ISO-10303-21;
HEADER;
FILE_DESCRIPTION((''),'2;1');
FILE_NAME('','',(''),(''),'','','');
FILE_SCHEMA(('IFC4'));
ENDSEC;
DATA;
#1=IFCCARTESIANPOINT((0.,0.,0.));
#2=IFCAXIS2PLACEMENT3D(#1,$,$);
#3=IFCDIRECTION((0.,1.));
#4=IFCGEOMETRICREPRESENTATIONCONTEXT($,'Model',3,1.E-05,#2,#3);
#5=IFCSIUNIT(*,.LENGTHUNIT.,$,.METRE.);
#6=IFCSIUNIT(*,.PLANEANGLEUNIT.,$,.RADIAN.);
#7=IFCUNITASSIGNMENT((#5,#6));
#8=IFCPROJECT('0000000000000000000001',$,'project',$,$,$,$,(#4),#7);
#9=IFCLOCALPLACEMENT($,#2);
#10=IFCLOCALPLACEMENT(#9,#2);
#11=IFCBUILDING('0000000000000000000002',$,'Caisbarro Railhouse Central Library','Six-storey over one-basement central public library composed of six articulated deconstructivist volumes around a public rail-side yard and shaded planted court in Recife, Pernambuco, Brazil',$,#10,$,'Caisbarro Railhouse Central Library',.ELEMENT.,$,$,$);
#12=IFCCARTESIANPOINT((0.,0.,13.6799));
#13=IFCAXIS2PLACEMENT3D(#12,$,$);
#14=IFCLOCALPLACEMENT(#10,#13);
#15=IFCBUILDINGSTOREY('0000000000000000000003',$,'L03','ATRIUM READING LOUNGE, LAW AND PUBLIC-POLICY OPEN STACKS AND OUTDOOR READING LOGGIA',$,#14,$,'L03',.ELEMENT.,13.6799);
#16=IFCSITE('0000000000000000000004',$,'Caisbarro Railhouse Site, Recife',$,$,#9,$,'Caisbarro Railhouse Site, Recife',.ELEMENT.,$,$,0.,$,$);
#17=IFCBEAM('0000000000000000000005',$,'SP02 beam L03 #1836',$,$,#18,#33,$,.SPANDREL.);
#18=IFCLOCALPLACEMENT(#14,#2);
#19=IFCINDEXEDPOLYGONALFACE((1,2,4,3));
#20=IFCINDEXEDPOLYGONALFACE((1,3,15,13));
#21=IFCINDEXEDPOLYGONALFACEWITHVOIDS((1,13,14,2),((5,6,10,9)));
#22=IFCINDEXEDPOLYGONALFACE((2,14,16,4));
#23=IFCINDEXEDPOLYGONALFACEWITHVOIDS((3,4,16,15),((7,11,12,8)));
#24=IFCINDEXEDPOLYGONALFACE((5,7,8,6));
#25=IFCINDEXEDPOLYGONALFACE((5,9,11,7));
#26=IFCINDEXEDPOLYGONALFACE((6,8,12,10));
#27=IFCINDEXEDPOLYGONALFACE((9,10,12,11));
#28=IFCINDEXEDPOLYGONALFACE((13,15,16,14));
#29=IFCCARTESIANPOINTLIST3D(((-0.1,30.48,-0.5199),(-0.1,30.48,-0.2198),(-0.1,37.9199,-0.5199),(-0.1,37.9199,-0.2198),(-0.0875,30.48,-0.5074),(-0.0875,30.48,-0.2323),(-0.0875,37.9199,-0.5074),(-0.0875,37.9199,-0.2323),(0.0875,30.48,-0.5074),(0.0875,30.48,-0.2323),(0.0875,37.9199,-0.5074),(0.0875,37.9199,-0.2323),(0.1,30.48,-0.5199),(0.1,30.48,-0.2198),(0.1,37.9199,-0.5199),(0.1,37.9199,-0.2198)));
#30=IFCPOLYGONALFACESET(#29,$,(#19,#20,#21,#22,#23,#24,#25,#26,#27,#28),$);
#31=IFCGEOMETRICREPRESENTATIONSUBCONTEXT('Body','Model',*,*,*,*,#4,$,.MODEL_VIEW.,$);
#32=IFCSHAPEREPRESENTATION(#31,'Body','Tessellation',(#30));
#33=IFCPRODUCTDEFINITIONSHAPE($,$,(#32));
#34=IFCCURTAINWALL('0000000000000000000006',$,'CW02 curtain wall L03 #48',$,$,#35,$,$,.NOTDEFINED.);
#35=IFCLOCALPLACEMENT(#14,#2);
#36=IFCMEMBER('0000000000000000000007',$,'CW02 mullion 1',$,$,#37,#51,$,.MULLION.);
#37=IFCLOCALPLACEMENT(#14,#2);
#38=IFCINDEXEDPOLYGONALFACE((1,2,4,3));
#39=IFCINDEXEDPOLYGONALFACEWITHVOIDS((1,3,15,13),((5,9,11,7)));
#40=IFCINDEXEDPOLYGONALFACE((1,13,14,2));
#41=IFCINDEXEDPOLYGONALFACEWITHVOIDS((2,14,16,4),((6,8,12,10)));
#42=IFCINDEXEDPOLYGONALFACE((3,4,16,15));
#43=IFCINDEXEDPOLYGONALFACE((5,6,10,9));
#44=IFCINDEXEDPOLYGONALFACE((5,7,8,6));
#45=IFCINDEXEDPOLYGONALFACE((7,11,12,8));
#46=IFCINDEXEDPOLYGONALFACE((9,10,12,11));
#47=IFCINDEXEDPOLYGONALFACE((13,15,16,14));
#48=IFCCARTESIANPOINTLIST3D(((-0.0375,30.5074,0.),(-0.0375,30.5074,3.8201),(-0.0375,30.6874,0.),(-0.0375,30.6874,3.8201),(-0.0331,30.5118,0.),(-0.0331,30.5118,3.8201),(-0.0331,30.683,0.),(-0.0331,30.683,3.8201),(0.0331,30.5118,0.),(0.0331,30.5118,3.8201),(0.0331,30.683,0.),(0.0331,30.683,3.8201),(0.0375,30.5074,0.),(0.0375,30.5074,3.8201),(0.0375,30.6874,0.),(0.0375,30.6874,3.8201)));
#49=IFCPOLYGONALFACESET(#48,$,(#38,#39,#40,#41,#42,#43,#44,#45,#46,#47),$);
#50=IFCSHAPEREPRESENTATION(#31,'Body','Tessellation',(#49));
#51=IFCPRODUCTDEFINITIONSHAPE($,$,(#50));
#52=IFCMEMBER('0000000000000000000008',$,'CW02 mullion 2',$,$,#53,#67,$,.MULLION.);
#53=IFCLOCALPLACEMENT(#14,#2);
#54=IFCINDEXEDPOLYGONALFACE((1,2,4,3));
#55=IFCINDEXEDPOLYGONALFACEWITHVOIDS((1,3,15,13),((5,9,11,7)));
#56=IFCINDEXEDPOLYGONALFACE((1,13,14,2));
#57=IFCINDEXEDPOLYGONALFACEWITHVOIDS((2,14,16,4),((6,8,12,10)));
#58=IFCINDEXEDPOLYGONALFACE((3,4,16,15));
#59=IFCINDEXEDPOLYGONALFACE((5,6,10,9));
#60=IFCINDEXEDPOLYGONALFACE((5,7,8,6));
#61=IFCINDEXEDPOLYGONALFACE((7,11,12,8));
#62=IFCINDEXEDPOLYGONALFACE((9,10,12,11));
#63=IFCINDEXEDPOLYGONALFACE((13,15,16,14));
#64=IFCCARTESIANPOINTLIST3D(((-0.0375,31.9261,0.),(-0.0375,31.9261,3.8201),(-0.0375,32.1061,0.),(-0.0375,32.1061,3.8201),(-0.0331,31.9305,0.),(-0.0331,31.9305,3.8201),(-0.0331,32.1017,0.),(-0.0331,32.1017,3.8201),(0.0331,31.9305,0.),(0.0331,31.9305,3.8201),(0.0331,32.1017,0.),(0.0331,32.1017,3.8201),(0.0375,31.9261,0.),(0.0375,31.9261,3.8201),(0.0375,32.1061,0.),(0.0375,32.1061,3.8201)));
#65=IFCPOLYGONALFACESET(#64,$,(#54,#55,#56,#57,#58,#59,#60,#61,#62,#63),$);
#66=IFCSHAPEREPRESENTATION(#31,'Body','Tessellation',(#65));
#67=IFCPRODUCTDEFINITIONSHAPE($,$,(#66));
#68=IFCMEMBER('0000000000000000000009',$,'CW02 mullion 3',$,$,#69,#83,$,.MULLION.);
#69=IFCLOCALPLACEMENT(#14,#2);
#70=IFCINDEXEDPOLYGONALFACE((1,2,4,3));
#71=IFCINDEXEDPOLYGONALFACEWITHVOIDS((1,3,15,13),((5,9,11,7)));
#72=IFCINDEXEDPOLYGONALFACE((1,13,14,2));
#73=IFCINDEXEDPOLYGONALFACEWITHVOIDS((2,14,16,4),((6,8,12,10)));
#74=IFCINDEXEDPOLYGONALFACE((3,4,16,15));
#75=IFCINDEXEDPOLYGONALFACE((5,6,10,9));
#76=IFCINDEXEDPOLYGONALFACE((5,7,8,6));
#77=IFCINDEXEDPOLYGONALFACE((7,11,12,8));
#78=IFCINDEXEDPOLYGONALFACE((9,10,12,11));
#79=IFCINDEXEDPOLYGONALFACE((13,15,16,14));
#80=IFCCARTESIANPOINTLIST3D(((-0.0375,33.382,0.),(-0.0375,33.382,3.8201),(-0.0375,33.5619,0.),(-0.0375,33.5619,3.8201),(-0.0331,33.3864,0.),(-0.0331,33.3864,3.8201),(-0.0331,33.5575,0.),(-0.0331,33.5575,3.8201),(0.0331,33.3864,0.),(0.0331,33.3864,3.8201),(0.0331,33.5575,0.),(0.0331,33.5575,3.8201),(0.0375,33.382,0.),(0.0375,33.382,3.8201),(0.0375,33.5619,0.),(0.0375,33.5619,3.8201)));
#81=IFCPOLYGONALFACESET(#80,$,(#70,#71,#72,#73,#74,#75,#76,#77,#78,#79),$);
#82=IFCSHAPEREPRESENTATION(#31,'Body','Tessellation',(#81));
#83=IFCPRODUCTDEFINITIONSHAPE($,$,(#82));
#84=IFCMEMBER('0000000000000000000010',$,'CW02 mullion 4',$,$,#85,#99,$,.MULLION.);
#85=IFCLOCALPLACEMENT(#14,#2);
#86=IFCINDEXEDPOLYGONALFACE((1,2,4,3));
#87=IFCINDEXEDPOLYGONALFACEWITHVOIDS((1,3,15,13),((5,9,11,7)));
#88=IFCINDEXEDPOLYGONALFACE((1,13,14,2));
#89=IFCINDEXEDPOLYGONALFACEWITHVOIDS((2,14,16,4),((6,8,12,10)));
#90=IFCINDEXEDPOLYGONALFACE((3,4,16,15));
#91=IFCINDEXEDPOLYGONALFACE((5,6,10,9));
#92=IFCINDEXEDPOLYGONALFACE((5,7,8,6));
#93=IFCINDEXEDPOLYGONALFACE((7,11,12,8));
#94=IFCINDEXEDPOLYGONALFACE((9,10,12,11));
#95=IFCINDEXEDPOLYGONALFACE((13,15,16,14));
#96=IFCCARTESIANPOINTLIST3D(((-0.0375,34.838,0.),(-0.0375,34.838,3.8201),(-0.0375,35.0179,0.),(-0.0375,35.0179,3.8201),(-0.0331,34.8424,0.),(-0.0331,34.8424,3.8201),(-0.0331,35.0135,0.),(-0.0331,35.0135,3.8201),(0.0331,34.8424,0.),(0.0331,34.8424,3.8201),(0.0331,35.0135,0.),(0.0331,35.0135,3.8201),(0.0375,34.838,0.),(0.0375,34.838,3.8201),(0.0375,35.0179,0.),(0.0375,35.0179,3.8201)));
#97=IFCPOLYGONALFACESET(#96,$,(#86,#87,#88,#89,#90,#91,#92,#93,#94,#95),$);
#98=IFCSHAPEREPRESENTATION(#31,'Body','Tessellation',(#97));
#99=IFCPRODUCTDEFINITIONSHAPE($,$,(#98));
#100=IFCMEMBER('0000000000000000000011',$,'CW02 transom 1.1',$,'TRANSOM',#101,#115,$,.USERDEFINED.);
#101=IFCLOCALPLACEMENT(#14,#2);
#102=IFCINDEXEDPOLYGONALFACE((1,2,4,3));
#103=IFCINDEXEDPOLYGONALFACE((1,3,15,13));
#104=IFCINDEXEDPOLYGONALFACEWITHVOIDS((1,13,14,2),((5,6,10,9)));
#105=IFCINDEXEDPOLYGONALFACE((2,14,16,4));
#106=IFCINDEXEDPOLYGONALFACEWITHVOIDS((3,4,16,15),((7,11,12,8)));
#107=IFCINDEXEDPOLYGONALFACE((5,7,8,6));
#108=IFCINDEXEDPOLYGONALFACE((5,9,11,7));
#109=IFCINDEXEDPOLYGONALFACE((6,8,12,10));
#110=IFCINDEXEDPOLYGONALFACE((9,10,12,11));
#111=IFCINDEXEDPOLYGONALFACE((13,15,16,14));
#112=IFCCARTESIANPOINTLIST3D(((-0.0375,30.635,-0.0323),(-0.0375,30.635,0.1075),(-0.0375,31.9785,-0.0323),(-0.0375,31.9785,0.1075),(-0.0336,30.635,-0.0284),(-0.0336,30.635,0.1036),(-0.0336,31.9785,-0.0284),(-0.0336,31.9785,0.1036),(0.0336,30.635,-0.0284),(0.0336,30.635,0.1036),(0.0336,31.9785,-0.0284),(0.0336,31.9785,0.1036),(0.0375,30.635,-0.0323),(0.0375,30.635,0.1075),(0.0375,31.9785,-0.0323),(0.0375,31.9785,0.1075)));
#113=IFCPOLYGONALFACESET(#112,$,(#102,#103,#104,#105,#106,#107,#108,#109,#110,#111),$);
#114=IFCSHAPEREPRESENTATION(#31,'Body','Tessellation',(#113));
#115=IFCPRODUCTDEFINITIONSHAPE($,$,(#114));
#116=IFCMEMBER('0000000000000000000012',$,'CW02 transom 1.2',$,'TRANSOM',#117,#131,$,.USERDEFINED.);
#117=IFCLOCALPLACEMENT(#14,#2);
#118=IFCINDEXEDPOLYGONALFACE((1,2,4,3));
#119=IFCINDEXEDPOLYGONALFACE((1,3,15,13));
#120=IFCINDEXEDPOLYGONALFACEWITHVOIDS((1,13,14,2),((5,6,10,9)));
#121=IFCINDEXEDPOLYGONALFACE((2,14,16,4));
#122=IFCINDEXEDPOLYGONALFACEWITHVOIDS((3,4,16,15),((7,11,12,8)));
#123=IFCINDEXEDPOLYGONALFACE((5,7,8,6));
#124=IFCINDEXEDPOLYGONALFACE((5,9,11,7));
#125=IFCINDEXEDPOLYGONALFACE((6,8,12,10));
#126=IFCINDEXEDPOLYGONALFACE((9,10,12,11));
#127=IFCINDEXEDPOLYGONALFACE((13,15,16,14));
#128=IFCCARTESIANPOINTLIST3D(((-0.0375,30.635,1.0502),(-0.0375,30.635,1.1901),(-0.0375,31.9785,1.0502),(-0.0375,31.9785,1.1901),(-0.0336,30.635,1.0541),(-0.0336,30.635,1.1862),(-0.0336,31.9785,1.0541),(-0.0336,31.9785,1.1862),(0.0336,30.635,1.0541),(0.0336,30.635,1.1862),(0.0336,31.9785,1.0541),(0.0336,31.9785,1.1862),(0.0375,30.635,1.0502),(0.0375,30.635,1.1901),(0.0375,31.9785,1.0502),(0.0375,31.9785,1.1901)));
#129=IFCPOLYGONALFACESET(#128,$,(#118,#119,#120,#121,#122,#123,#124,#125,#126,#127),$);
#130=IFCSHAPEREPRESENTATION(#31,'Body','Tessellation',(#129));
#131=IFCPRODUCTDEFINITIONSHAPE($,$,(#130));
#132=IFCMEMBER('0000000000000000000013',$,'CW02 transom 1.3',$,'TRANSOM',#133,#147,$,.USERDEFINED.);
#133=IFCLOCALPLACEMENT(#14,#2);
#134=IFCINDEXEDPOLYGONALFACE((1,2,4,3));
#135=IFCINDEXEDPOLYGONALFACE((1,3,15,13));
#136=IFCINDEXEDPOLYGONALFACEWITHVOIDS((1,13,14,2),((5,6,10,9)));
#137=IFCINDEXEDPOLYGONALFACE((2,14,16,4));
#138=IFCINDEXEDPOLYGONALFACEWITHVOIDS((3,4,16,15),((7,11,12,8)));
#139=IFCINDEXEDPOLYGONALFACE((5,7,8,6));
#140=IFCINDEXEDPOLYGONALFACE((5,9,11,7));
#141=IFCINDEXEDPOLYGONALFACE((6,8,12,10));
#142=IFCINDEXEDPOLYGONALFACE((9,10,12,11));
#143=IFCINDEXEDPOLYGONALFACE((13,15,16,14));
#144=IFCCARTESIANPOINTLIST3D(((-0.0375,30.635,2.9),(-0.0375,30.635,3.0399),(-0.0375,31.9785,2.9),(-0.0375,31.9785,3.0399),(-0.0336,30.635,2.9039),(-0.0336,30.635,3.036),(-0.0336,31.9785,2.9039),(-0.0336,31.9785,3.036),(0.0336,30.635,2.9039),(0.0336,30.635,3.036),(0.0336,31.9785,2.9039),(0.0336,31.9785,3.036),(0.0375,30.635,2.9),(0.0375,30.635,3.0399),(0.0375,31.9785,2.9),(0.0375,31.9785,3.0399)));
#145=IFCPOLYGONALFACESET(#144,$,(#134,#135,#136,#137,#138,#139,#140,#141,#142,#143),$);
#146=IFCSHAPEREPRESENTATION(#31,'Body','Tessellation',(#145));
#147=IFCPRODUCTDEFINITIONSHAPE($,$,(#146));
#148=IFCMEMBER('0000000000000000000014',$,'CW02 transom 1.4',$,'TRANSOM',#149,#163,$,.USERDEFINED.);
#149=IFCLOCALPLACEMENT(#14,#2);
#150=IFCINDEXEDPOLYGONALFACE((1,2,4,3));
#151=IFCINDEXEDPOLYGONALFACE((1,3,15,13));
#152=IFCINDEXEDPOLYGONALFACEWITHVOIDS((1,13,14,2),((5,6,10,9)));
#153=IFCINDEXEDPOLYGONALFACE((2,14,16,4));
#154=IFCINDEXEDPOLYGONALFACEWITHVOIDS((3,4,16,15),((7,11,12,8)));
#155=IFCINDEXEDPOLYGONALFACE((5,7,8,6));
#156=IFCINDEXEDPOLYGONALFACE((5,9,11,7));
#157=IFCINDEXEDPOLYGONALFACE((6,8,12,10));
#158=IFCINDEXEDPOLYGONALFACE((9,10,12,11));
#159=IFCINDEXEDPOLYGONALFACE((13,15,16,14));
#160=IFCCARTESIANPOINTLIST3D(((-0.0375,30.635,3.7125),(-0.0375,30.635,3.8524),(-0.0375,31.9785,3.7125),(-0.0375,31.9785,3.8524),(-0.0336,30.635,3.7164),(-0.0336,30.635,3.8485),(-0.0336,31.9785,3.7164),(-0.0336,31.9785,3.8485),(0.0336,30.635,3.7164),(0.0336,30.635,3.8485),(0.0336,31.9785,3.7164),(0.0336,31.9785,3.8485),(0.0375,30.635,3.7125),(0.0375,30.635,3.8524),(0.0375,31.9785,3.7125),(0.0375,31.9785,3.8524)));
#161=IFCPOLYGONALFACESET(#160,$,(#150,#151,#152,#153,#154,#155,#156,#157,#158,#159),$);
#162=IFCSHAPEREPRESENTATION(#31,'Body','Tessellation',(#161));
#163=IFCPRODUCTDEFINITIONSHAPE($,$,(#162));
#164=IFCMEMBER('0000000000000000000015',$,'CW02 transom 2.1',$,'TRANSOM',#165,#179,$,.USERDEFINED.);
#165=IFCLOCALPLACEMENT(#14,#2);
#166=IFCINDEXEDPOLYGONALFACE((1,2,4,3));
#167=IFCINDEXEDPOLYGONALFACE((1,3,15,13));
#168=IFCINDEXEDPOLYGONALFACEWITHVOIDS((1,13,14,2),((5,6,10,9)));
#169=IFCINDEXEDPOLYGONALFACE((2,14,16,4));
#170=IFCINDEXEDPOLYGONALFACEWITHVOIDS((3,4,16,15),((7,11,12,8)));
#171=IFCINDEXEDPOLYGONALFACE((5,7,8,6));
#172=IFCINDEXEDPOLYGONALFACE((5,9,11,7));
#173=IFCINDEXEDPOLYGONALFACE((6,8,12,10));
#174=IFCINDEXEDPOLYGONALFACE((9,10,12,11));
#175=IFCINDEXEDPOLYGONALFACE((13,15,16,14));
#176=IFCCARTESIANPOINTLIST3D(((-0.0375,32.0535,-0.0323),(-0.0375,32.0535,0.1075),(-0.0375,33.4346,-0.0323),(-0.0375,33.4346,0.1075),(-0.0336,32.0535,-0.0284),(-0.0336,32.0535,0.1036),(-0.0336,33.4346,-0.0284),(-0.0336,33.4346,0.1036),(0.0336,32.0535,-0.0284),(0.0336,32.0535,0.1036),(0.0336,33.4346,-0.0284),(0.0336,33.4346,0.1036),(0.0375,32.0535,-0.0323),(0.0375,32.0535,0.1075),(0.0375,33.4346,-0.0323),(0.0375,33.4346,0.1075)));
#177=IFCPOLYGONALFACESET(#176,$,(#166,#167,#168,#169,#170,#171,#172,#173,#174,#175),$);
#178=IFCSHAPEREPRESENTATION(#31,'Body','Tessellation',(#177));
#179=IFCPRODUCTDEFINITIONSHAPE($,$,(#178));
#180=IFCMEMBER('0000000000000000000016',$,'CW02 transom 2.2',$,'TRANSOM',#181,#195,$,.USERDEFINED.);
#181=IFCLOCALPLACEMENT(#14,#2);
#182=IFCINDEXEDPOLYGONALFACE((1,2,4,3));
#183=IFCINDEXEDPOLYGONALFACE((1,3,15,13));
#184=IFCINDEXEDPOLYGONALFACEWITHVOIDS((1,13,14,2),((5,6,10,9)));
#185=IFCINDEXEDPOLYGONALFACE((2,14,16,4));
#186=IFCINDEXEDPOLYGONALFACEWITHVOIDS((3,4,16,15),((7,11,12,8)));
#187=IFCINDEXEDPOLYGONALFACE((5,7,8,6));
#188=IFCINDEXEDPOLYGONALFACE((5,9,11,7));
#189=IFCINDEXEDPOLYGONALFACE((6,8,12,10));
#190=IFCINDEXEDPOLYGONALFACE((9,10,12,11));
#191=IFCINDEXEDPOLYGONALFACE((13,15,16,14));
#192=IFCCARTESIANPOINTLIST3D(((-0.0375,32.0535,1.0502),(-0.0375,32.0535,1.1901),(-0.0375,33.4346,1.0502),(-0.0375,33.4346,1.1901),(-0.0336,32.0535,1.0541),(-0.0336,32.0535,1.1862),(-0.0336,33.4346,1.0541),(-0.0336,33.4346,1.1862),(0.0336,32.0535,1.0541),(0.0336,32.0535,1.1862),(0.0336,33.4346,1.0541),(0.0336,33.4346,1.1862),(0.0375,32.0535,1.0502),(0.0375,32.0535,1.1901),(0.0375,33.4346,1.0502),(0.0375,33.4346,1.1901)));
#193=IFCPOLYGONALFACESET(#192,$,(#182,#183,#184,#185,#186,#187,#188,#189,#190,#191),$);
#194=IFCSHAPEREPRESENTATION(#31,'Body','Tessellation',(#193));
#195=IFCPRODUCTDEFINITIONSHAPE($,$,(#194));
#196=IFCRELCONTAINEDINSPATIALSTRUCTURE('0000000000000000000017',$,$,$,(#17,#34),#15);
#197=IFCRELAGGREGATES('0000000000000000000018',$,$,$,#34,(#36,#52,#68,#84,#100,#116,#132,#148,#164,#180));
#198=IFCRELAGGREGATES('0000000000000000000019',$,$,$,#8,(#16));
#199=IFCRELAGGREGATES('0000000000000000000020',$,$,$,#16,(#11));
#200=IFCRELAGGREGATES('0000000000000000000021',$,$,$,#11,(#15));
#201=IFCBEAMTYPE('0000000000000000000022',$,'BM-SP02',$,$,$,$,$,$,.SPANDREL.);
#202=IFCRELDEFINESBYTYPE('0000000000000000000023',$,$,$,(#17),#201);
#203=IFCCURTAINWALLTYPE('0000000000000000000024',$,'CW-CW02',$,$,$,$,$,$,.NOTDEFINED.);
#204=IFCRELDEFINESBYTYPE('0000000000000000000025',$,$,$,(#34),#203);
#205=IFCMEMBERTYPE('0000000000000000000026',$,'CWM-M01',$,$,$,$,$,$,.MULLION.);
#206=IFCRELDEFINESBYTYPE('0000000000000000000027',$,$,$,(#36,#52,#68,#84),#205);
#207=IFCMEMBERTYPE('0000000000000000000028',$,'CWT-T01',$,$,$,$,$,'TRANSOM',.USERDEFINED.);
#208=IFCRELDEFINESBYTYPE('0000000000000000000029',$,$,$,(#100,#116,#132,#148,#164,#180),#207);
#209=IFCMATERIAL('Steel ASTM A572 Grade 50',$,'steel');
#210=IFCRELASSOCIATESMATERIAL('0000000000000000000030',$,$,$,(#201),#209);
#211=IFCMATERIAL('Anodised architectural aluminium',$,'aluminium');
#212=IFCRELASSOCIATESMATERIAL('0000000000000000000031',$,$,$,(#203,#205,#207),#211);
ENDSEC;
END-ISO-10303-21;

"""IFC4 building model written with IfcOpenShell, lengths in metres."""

from ifc_helpers import new_model, si_unit, direction, frame, origin, origin_2d, place, context, subcontext, project, spatial, hollow_rectangle, extrude, material, material_profile, profile_set, type_object, element, aggregate, save


model = new_model("IFC4")

# Units and contexts
model_context = context("Model", 3, precision=1e-05, world=origin(), true_north=direction((0.0, 1.0)))
body_context = subcontext(model_context, "Body", "Model", "MODEL_VIEW")
ifc_project = project(units=[si_unit("LENGTHUNIT", "METRE"), si_unit("PLANEANGLEUNIT", "RADIAN")], contexts=[model_context])

# Site, building, storey
site_placement = place(None, origin())
site = spatial("IfcSite", under=ifc_project, at=site_placement, Name="Caisbarro Railhouse Site, Recife", LongName="Caisbarro Railhouse Site, Recife", CompositionType="ELEMENT", RefElevation=0.0)
building_placement = place(site_placement, origin())
building = spatial("IfcBuilding", under=site, at=building_placement, Name="Caisbarro Railhouse Central Library", Description="Six-storey over one-basement central public library composed of six articulated deconstructivist volumes around a public rail-side yard and shaded planted court in Recife, Pernambuco, Brazil", LongName="Caisbarro Railhouse Central Library", CompositionType="ELEMENT")
storey_placement = place(building_placement, frame((0.0, 0.0, 13.6799)))
storey = spatial("IfcBuildingStorey", under=building, at=storey_placement, Name="L03", Description="ATRIUM READING LOUNGE, LAW AND PUBLIC-POLICY OPEN STACKS AND OUTDOOR READING LOGGIA", LongName="L03", CompositionType="ELEMENT", Elevation=13.6799)

# Beam
ifc_material_1 = material(Name="Steel ASTM A572 Grade 50", Category="steel")
ifc_material_profile_1 = material_profile(ifc_material_1, hollow_rectangle(XDim=0.2, YDim=0.3, WallThickness=0.0125, at=origin_2d()), Name="HSS300X200X12.5")
ifc_profile_set_1 = profile_set([ifc_material_profile_1], Name="Steel ASTM A572 Grade 50")
beam_type = type_object("IfcBeamType", Name="BM-SP02", PredefinedType="SPANDREL", material=ifc_profile_set_1)
beam_placement = place(storey_placement, frame((0.0, 30.48, -0.3699), z_axis=(0.0, 1.0, 0.0), x_axis=(-1.0, 0.0, 0.0)))
element("IfcBeam", 1, at=beam_placement, inside=storey, type_object=beam_type, Name="SP02 beam L03 #1836", PredefinedType="SPANDREL", context=body_context, shape_type="SweptSolid", body=[
    extrude(hollow_rectangle(XDim=0.2, YDim=0.3, WallThickness=0.0125, at=origin_2d()), origin(), (0.0, 0.0, 1.0), 7.4399),
])

# Curtain wall, members
ifc_material_2 = material(Name="Anodised architectural aluminium", Category="aluminium")
curtain_wall_type = type_object("IfcCurtainWallType", Name="CW-CW02", PredefinedType="NOTDEFINED", material=ifc_material_2)
curtain_wall_placement = place(storey_placement, origin())
curtain_wall = element("IfcCurtainWall", 2, at=curtain_wall_placement, inside=storey, type_object=curtain_wall_type, Name="CW02 curtain wall L03 #48", PredefinedType="NOTDEFINED")
ifc_material_profile_2 = material_profile(ifc_material_2, hollow_rectangle(XDim=0.075, YDim=0.1799, WallThickness=0.0044, at=origin_2d()), Name="ALU-MUL-75X180")
ifc_profile_set_2 = profile_set([ifc_material_profile_2], Name="Anodised architectural aluminium")
member_type_1 = type_object("IfcMemberType", Name="CWM-M01", PredefinedType="MULLION", material=ifc_profile_set_2)
member_1_placement = place(storey_placement, frame((0.0, 30.5974, 0.0), z_axis=(0.0, 0.0, 1.0), x_axis=(-1.0, 0.0, 0.0)))
member_1 = element("IfcMember", 3, at=member_1_placement, type_object=member_type_1, Name="CW02 mullion 1", PredefinedType="MULLION", context=body_context, shape_type="SweptSolid", body=[
    extrude(hollow_rectangle(XDim=0.075, YDim=0.1799, WallThickness=0.0044, at=origin_2d()), origin(), (0.0, 0.0, 1.0), 3.8201),
])
member_2_placement = place(storey_placement, frame((0.0, 32.0161, 0.0), z_axis=(0.0, 0.0, 1.0), x_axis=(-1.0, 0.0, 0.0)))
member_2 = element("IfcMember", 4, at=member_2_placement, type_object=member_type_1, Name="CW02 mullion 2", PredefinedType="MULLION", context=body_context, shape_type="SweptSolid", body=[
    extrude(hollow_rectangle(XDim=0.075, YDim=0.1799, WallThickness=0.0044, at=origin_2d()), origin(), (0.0, 0.0, 1.0), 3.8201),
])
member_3_placement = place(storey_placement, frame((0.0, 33.4719, 0.0), z_axis=(0.0, 0.0, 1.0), x_axis=(-1.0, 0.0, 0.0)))
member_3 = element("IfcMember", 5, at=member_3_placement, type_object=member_type_1, Name="CW02 mullion 3", PredefinedType="MULLION", context=body_context, shape_type="SweptSolid", body=[
    extrude(hollow_rectangle(XDim=0.075, YDim=0.1799, WallThickness=0.0044, at=origin_2d()), origin(), (0.0, 0.0, 1.0), 3.8201),
])
member_4_placement = place(storey_placement, frame((0.0, 34.928, 0.0), z_axis=(0.0, 0.0, 1.0), x_axis=(-1.0, 0.0, 0.0)))
member_4 = element("IfcMember", 6, at=member_4_placement, type_object=member_type_1, Name="CW02 mullion 4", PredefinedType="MULLION", context=body_context, shape_type="SweptSolid", body=[
    extrude(hollow_rectangle(XDim=0.075, YDim=0.1799, WallThickness=0.0044, at=origin_2d()), origin(), (0.0, 0.0, 1.0), 3.8201),
])
ifc_material_profile_3 = material_profile(ifc_material_2, hollow_rectangle(XDim=0.075, YDim=0.1399, WallThickness=0.0039, at=origin_2d()), Name="ALU-TRN-75X140")
ifc_profile_set_3 = profile_set([ifc_material_profile_3], Name="Anodised architectural aluminium")
member_type_2 = type_object("IfcMemberType", Name="CWT-T01", ElementType="TRANSOM", PredefinedType="USERDEFINED", material=ifc_profile_set_3)
member_5_placement = place(storey_placement, frame((0.0, 30.635, 0.0376), z_axis=(0.0, 1.0, 0.0), x_axis=(-1.0, 0.0, 0.0)))
member_5 = element("IfcMember", 7, at=member_5_placement, type_object=member_type_2, Name="CW02 transom 1.1", ObjectType="TRANSOM", PredefinedType="USERDEFINED", context=body_context, shape_type="SweptSolid", body=[
    extrude(hollow_rectangle(XDim=0.075, YDim=0.1399, WallThickness=0.0039, at=origin_2d()), origin(), (0.0, 0.0, 1.0), 1.3435),
])
member_6_placement = place(storey_placement, frame((0.0, 30.635, 1.1201), z_axis=(0.0, 1.0, 0.0), x_axis=(-1.0, 0.0, 0.0)))
member_6 = element("IfcMember", 8, at=member_6_placement, type_object=member_type_2, Name="CW02 transom 1.2", ObjectType="TRANSOM", PredefinedType="USERDEFINED", context=body_context, shape_type="SweptSolid", body=[
    extrude(hollow_rectangle(XDim=0.075, YDim=0.1399, WallThickness=0.0039, at=origin_2d()), origin(), (0.0, 0.0, 1.0), 1.3435),
])
member_7_placement = place(storey_placement, frame((0.0, 30.635, 2.97), z_axis=(0.0, 1.0, 0.0), x_axis=(-1.0, 0.0, 0.0)))
member_7 = element("IfcMember", 9, at=member_7_placement, type_object=member_type_2, Name="CW02 transom 1.3", ObjectType="TRANSOM", PredefinedType="USERDEFINED", context=body_context, shape_type="SweptSolid", body=[
    extrude(hollow_rectangle(XDim=0.075, YDim=0.1399, WallThickness=0.0039, at=origin_2d()), origin(), (0.0, 0.0, 1.0), 1.3435),
])
member_8_placement = place(storey_placement, frame((0.0, 30.635, 3.7825), z_axis=(0.0, 1.0, 0.0), x_axis=(-1.0, 0.0, 0.0)))
member_8 = element("IfcMember", 10, at=member_8_placement, type_object=member_type_2, Name="CW02 transom 1.4", ObjectType="TRANSOM", PredefinedType="USERDEFINED", context=body_context, shape_type="SweptSolid", body=[
    extrude(hollow_rectangle(XDim=0.075, YDim=0.1399, WallThickness=0.0039, at=origin_2d()), origin(), (0.0, 0.0, 1.0), 1.3435),
])
member_9_placement = place(storey_placement, frame((0.0, 32.0535, 0.0376), z_axis=(0.0, 1.0, 0.0), x_axis=(-1.0, 0.0, 0.0)))
member_9 = element("IfcMember", 11, at=member_9_placement, type_object=member_type_2, Name="CW02 transom 2.1", ObjectType="TRANSOM", PredefinedType="USERDEFINED", context=body_context, shape_type="SweptSolid", body=[
    extrude(hollow_rectangle(XDim=0.075, YDim=0.1399, WallThickness=0.0039, at=origin_2d()), origin(), (0.0, 0.0, 1.0), 1.3811),
])
member_10_placement = place(storey_placement, frame((0.0, 32.0535, 1.1201), z_axis=(0.0, 1.0, 0.0), x_axis=(-1.0, 0.0, 0.0)))
member_10 = element("IfcMember", 12, at=member_10_placement, type_object=member_type_2, Name="CW02 transom 2.2", ObjectType="TRANSOM", PredefinedType="USERDEFINED", context=body_context, shape_type="SweptSolid", body=[
    extrude(hollow_rectangle(XDim=0.075, YDim=0.1399, WallThickness=0.0039, at=origin_2d()), origin(), (0.0, 0.0, 1.0), 1.3811),
])
aggregate(curtain_wall, [member_1, member_2, member_3, member_4, member_5, member_6, member_7, member_8, member_9, member_10])

save(model, "model.ifc")
